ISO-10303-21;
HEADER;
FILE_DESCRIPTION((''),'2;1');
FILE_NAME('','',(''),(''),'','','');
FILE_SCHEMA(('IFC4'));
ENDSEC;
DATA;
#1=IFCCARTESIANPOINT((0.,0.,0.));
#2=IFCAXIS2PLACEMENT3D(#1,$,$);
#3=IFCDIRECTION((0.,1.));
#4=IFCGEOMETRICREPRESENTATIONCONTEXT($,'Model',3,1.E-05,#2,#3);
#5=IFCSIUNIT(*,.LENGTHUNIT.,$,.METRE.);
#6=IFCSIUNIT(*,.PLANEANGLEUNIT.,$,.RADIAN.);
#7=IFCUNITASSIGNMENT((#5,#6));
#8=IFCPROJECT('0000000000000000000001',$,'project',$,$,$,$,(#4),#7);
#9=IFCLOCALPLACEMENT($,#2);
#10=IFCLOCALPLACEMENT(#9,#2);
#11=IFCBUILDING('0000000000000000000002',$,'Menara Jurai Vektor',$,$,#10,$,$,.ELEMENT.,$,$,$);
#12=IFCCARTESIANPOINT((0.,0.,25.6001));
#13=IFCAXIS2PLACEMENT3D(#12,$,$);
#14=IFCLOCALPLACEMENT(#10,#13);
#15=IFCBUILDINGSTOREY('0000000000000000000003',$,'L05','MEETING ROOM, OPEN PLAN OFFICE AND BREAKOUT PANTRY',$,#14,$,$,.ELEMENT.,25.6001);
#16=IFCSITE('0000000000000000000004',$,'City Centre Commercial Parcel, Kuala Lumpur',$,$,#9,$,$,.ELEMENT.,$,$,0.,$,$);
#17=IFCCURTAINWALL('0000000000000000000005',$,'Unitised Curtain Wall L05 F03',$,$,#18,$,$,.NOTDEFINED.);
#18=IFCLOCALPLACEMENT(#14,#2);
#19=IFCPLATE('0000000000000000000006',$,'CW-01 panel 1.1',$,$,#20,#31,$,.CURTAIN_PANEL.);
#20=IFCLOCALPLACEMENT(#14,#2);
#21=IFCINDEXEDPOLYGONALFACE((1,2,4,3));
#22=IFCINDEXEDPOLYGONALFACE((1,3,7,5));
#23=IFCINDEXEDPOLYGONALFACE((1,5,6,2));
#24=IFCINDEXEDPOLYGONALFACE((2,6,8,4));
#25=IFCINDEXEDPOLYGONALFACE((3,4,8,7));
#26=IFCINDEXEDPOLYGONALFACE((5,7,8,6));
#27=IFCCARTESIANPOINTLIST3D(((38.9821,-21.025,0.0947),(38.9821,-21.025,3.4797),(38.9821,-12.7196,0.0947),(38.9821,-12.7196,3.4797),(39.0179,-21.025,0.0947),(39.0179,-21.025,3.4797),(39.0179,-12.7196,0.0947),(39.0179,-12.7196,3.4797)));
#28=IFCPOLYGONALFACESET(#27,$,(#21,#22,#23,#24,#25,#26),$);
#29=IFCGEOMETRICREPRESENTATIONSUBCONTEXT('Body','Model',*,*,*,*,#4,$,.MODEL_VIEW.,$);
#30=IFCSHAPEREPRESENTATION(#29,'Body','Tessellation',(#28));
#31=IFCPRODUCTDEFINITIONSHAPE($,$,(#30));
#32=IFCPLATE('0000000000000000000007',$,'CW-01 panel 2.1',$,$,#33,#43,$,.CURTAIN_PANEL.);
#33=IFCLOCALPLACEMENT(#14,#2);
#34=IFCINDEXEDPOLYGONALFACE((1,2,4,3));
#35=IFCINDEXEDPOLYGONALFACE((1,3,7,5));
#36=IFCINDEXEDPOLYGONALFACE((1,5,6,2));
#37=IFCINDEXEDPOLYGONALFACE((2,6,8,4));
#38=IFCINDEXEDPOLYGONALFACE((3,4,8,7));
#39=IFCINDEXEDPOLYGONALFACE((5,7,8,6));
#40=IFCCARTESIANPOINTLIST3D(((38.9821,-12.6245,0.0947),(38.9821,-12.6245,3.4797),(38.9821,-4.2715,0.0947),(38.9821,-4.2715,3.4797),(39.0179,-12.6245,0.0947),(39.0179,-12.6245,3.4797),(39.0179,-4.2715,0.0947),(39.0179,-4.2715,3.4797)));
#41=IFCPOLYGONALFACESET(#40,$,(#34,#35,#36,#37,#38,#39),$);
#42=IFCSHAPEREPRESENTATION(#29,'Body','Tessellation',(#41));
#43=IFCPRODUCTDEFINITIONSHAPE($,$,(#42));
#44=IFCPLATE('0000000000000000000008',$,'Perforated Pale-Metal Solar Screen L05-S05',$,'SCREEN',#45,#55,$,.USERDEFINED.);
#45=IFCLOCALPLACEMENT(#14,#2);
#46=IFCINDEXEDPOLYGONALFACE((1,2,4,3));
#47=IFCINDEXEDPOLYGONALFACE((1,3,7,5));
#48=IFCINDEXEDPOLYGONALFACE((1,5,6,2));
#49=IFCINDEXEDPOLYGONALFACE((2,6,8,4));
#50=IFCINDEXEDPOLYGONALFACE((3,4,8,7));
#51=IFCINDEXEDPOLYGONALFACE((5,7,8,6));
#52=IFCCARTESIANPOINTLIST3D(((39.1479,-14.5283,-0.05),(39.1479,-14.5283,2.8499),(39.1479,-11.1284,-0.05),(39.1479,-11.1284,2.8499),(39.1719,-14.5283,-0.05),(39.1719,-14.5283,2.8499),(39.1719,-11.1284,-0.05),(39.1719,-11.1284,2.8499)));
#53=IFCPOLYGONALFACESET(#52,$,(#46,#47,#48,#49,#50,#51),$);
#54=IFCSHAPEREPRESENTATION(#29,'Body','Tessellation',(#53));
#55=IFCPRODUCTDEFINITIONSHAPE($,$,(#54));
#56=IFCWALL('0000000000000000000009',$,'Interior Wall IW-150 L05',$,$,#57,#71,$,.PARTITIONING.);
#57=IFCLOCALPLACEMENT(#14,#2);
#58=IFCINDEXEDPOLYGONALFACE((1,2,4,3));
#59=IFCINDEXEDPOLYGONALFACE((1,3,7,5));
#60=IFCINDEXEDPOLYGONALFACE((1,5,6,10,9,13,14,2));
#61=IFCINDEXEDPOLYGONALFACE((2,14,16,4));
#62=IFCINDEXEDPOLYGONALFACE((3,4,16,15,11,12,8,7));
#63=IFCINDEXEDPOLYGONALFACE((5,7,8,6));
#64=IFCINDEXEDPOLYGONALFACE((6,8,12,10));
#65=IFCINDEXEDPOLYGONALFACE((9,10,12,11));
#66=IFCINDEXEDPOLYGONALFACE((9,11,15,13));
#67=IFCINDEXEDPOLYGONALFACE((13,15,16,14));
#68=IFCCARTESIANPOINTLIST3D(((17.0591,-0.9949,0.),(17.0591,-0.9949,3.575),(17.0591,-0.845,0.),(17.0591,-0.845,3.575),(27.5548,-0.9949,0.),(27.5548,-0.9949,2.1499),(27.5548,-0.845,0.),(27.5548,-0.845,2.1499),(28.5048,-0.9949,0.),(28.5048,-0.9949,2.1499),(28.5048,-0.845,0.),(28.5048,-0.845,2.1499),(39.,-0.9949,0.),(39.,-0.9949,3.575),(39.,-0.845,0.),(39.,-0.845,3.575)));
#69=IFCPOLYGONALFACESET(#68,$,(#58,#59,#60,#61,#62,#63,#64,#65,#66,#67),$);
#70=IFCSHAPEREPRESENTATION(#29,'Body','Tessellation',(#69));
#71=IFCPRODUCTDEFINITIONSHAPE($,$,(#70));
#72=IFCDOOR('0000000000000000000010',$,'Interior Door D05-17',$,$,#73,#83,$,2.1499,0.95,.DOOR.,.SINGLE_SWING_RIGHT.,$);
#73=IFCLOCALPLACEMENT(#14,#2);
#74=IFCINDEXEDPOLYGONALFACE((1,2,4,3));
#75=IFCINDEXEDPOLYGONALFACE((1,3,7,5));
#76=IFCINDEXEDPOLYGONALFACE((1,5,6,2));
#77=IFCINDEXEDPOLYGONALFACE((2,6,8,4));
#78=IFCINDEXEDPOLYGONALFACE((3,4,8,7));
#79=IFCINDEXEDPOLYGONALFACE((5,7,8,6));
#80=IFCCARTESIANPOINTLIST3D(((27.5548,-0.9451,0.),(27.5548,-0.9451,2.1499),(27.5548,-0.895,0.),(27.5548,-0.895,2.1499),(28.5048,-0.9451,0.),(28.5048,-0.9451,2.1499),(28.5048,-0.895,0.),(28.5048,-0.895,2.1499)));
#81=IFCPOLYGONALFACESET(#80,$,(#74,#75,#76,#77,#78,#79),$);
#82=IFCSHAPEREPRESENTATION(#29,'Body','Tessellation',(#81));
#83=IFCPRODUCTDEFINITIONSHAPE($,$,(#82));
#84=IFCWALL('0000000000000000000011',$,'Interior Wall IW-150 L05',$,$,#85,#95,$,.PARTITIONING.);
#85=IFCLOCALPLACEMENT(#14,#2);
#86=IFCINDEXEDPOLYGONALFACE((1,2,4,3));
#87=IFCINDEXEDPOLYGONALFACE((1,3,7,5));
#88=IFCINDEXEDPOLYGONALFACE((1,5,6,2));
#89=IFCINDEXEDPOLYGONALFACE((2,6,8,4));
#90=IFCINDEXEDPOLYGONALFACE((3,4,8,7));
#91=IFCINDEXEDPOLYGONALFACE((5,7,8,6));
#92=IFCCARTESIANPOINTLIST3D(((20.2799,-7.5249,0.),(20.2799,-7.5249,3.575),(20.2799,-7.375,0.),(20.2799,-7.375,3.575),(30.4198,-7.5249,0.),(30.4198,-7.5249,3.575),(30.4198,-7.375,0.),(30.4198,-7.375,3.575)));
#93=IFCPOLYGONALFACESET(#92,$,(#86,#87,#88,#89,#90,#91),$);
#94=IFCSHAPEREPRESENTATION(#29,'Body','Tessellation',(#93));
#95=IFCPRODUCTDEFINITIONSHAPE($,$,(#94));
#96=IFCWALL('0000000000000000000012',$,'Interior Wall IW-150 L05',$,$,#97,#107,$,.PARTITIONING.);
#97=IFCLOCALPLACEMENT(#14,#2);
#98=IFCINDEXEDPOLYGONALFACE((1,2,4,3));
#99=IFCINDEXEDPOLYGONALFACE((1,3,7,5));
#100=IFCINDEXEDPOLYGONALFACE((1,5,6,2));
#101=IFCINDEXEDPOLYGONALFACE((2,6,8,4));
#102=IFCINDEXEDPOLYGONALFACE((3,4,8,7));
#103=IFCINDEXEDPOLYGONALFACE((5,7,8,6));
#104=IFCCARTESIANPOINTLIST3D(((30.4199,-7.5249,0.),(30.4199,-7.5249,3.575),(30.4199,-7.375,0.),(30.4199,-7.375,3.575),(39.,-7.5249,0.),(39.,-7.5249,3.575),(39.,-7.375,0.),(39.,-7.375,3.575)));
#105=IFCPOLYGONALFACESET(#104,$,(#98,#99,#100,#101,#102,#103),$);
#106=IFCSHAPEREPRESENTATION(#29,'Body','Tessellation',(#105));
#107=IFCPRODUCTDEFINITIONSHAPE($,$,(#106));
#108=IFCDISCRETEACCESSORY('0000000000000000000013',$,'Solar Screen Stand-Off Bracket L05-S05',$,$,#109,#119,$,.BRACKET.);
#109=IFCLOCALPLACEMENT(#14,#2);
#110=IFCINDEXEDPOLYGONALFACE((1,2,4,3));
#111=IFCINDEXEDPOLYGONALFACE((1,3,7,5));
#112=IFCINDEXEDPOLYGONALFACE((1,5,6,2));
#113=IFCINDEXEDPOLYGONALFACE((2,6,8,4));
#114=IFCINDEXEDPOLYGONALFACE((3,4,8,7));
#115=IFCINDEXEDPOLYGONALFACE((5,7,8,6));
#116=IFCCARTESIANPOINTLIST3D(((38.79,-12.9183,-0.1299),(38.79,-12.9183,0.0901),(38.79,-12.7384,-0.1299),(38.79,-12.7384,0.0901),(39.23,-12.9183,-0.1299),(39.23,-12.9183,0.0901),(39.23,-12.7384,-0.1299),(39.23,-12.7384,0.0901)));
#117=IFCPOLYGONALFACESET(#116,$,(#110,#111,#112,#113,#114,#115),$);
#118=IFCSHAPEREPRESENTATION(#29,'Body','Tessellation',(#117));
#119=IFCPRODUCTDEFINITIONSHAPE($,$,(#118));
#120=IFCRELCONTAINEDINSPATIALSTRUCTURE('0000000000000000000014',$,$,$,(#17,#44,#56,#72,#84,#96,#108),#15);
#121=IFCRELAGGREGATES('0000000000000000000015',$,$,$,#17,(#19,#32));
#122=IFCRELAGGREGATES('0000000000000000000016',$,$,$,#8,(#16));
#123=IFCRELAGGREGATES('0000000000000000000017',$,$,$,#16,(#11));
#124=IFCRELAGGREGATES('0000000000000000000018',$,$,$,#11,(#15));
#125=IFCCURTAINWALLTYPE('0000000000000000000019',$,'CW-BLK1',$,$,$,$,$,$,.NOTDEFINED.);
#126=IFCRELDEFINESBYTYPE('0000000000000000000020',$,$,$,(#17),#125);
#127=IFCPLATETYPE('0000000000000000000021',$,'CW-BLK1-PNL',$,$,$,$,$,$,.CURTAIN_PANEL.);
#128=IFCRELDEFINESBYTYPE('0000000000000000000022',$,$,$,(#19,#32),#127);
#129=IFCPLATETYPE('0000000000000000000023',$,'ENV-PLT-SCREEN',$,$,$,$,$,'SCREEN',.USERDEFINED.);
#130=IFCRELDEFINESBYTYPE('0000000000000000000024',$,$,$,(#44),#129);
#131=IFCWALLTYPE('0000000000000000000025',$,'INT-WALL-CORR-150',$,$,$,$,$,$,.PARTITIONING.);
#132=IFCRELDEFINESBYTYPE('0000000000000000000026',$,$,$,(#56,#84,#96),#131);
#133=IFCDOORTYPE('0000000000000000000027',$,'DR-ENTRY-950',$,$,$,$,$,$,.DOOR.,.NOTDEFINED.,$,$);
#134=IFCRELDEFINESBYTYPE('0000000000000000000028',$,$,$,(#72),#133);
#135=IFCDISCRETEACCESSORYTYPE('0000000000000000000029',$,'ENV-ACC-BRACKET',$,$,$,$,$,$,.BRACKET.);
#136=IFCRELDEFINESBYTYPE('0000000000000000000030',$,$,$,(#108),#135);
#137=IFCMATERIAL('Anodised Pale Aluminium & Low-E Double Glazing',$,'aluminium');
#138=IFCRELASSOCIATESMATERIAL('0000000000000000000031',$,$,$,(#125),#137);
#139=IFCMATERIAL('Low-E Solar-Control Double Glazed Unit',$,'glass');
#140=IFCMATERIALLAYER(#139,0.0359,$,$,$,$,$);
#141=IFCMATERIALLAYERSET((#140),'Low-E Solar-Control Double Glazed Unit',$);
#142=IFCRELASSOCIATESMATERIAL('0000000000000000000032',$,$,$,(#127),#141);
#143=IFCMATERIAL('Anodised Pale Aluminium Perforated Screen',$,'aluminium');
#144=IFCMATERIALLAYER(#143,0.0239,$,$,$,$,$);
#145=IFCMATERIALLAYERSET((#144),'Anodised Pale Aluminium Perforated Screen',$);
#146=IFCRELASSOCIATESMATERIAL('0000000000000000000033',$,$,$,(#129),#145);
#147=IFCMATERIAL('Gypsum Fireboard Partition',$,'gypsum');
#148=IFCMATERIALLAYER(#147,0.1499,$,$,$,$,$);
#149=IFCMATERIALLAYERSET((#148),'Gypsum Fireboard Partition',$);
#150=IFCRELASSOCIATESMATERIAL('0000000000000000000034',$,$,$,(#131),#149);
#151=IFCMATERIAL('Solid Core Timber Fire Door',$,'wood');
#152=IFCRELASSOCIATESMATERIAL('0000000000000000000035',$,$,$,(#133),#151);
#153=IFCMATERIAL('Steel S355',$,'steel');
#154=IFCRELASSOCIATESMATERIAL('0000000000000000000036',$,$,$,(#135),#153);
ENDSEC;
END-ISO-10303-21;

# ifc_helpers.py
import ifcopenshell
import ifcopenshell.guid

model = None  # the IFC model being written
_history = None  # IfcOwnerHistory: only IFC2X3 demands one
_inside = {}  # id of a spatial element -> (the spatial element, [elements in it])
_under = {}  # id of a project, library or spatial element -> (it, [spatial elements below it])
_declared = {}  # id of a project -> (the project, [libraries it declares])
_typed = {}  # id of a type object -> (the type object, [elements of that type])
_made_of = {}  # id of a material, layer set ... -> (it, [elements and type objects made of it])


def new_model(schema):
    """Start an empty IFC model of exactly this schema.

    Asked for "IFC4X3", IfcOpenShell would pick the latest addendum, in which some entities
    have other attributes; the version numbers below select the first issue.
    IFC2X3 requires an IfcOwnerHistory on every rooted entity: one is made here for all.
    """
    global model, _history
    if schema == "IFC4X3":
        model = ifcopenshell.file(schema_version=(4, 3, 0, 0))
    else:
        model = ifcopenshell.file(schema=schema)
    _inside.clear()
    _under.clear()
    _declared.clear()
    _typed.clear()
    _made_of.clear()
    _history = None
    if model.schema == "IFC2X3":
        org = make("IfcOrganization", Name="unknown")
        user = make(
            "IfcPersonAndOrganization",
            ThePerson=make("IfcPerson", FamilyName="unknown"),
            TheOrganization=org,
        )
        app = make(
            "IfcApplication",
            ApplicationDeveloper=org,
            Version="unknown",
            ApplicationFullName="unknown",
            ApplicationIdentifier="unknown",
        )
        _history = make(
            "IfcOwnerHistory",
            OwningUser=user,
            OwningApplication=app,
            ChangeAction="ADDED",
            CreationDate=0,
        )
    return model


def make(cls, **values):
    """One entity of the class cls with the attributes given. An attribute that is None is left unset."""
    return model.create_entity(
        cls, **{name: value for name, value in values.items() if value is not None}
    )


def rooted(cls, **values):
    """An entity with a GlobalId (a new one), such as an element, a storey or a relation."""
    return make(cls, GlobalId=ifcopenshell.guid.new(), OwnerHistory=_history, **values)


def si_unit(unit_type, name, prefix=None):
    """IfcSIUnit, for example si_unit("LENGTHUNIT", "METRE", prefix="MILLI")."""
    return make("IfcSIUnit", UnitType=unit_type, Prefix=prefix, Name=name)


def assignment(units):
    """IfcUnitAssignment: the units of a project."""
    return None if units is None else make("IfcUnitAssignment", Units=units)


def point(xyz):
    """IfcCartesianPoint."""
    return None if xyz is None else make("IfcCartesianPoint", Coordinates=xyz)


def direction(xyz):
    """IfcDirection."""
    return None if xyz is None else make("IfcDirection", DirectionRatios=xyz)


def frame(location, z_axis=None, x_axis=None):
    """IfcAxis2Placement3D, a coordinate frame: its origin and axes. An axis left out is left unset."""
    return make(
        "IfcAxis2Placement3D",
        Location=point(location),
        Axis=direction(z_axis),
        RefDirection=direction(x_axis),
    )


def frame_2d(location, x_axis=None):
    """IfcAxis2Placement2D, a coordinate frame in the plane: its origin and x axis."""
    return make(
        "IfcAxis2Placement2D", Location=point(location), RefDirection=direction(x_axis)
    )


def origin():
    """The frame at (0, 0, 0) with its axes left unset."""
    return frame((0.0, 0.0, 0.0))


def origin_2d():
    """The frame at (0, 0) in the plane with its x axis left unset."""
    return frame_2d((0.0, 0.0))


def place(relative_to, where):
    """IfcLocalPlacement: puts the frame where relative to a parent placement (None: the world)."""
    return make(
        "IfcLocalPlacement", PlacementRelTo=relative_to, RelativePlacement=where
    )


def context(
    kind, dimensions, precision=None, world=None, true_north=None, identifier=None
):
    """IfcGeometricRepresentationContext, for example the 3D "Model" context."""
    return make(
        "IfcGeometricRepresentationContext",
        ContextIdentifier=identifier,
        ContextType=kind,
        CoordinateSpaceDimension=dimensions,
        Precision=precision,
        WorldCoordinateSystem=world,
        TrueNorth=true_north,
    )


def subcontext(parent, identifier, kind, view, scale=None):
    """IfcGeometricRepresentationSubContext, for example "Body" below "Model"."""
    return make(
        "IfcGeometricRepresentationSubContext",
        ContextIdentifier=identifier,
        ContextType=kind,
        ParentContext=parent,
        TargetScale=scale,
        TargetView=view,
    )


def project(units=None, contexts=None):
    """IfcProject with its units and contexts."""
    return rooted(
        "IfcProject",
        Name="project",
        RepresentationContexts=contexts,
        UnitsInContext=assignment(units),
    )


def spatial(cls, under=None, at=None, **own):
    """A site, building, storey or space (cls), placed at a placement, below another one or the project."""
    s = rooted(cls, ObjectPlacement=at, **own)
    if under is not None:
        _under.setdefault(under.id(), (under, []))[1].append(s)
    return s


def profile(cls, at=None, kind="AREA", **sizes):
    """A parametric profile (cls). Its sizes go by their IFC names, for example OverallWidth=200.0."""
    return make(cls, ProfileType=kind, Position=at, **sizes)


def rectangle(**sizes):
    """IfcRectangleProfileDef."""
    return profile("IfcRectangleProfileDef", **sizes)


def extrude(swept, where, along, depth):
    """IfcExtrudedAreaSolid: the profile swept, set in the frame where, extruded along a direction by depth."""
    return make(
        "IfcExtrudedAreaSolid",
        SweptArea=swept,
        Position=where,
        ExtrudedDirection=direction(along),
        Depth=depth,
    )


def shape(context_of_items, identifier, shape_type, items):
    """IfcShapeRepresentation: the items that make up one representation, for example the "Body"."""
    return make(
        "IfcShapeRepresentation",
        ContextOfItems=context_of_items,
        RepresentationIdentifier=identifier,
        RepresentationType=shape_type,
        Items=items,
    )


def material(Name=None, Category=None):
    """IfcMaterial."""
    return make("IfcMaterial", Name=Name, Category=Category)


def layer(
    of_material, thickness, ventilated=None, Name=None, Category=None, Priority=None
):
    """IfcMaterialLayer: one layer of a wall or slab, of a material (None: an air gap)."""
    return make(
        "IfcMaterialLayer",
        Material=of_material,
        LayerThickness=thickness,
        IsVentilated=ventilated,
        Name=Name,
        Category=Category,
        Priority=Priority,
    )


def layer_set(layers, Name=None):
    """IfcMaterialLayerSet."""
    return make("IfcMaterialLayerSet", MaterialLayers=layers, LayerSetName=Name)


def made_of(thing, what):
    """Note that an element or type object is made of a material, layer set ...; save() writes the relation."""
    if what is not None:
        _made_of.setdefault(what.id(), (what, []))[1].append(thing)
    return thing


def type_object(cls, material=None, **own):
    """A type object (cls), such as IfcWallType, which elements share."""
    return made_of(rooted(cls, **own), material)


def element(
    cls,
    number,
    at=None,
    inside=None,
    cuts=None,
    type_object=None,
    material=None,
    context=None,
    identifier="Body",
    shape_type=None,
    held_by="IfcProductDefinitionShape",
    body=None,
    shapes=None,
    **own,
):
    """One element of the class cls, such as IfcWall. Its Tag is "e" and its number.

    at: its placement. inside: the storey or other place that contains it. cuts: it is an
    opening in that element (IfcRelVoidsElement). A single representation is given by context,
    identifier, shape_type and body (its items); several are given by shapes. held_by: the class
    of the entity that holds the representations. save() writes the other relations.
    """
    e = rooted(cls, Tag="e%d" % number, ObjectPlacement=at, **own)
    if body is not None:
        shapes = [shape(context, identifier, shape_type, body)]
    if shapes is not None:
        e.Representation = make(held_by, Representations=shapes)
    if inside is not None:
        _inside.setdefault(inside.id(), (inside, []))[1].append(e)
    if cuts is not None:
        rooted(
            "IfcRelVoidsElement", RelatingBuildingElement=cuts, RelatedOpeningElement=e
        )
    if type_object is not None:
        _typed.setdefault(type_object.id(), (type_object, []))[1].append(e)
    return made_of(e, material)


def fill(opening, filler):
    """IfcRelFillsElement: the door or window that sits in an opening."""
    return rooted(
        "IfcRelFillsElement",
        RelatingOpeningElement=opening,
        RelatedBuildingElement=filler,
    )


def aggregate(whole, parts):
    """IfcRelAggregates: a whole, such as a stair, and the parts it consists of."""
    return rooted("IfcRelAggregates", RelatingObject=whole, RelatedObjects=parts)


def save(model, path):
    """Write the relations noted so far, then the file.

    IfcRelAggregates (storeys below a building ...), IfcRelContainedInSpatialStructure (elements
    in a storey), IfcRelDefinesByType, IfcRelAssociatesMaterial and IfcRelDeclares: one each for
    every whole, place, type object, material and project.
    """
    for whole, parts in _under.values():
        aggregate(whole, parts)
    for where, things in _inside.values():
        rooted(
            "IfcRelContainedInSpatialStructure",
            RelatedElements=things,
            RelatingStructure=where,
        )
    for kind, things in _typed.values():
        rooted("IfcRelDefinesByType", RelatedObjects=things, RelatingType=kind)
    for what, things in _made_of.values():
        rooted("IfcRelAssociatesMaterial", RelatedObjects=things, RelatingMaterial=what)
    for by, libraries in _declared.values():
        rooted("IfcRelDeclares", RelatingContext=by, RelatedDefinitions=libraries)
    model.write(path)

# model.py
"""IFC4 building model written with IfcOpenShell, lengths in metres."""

from ifc_helpers import new_model, si_unit, direction, frame, frame_2d, origin, origin_2d, place, context, subcontext, project, spatial, rectangle, extrude, material, layer, layer_set, type_object, element, fill, aggregate, save


model = new_model("IFC4")

# Units and contexts
model_context = context("Model", 3, precision=1e-05, world=origin(), true_north=direction((0.0, 1.0)))
body_context = subcontext(model_context, "Body", "Model", "MODEL_VIEW")
ifc_project = project(units=[si_unit("LENGTHUNIT", "METRE"), si_unit("PLANEANGLEUNIT", "RADIAN")], contexts=[model_context])

# Site, building, storey
site_placement = place(None, origin())
site = spatial("IfcSite", under=ifc_project, at=site_placement, Name="City Centre Commercial Parcel, Kuala Lumpur", CompositionType="ELEMENT", RefElevation=0.0)
building_placement = place(site_placement, origin())
building = spatial("IfcBuilding", under=site, at=building_placement, Name="Menara Jurai Vektor", CompositionType="ELEMENT")
storey_placement = place(building_placement, frame((0.0, 0.0, 25.6001)))
storey = spatial("IfcBuildingStorey", under=building, at=storey_placement, Name="L05", Description="MEETING ROOM, OPEN PLAN OFFICE AND BREAKOUT PANTRY", CompositionType="ELEMENT", Elevation=25.6001)

# Shared definitions
ifc_material_1 = material(Name="Anodised Pale Aluminium & Low-E Double Glazing", Category="aluminium")
curtain_wall_type = type_object("IfcCurtainWallType", Name="CW-BLK1", PredefinedType="NOTDEFINED", material=ifc_material_1)

# Curtain wall
curtain_wall_1_placement = place(storey_placement, origin())
curtain_wall_1 = element("IfcCurtainWall", 1, at=curtain_wall_1_placement, inside=storey, type_object=curtain_wall_type, Name="Unitised Curtain Wall L05 F03", PredefinedType="NOTDEFINED")

# Shared definitions
ifc_material_2 = material(Name="Steel S355", Category="steel")

# Plates
ifc_material_3 = material(Name="Low-E Solar-Control Double Glazed Unit", Category="glass")
ifc_layer_1 = layer(ifc_material_3, 0.0359)
ifc_layer_set_1 = layer_set([ifc_layer_1], Name="Low-E Solar-Control Double Glazed Unit")
plate_type_1 = type_object("IfcPlateType", Name="CW-BLK1-PNL", PredefinedType="CURTAIN_PANEL", material=ifc_layer_set_1)
plate_1_placement = place(storey_placement, frame((39.0, -16.8723, 0.0947), z_axis=(0.0, 0.0, 1.0), x_axis=(0.0, 1.0, 0.0)))
plate_1 = element("IfcPlate", 2, at=plate_1_placement, type_object=plate_type_1, Name="CW-01 panel 1.1", PredefinedType="CURTAIN_PANEL", context=body_context, shape_type="SweptSolid", body=[
    extrude(rectangle(XDim=8.3054, YDim=0.0359, at=origin_2d()), origin(), (0.0, 0.0, 1.0), 3.385),
])
plate_2_placement = place(storey_placement, frame((39.0, -8.448, 0.0947), z_axis=(0.0, 0.0, 1.0), x_axis=(0.0, 1.0, 0.0)))
plate_2 = element("IfcPlate", 3, at=plate_2_placement, type_object=plate_type_1, Name="CW-01 panel 2.1", PredefinedType="CURTAIN_PANEL", context=body_context, shape_type="SweptSolid", body=[
    extrude(rectangle(XDim=8.353, YDim=0.0359, at=origin_2d()), origin(), (0.0, 0.0, 1.0), 3.385),
])
aggregate(curtain_wall_1, [plate_1, plate_2])
ifc_material_4 = material(Name="Anodised Pale Aluminium Perforated Screen", Category="aluminium")
ifc_layer_2 = layer(ifc_material_4, 0.0239)
ifc_layer_set_2 = layer_set([ifc_layer_2], Name="Anodised Pale Aluminium Perforated Screen")
plate_type_2 = type_object("IfcPlateType", Name="ENV-PLT-SCREEN", ElementType="SCREEN", PredefinedType="USERDEFINED", material=ifc_layer_set_2)
plate_3_placement = place(storey_placement, frame((39.1599, -12.8284, -0.05), z_axis=(0.0, 0.0, 1.0), x_axis=(0.0, 1.0, 0.0)))
element("IfcPlate", 4, at=plate_3_placement, inside=storey, type_object=plate_type_2, Name="Perforated Pale-Metal Solar Screen L05-S05", ObjectType="SCREEN", PredefinedType="USERDEFINED", context=body_context, shape_type="SweptSolid", body=[
    extrude(rectangle(XDim=3.3999, YDim=0.0239, at=origin_2d()), origin(), (0.0, 0.0, 1.0), 2.8999),
])

# Wall, opening, door
ifc_material_5 = material(Name="Gypsum Fireboard Partition", Category="gypsum")
ifc_layer_3 = layer(ifc_material_5, 0.1499)
ifc_layer_set_3 = layer_set([ifc_layer_3], Name="Gypsum Fireboard Partition")
wall_type = type_object("IfcWallType", Name="INT-WALL-CORR-150", PredefinedType="PARTITIONING", material=ifc_layer_set_3)
wall_1_placement = place(storey_placement, frame((17.0591, -0.9199, 0.0), z_axis=(0.0, 0.0, 1.0), x_axis=(1.0, 0.0, 0.0)))
wall_1 = element("IfcWall", 5, at=wall_1_placement, inside=storey, type_object=wall_type, Name="Interior Wall IW-150 L05", PredefinedType="PARTITIONING", context=body_context, shape_type="SweptSolid", body=[
    extrude(rectangle(XDim=21.9409, YDim=0.1499, at=frame_2d((10.9705, 0.0))), origin(), (0.0, 0.0, 1.0), 3.575),
])
opening_placement = place(wall_1_placement, frame((10.4956, 0.0, 0.0)))
opening = element("IfcOpeningElement", 6, at=opening_placement, cuts=wall_1, PredefinedType="OPENING", context=body_context, shape_type="SweptSolid", body=[
    extrude(rectangle(XDim=0.95, YDim=2.1499, at=frame_2d((0.4751, 1.075))), frame((0.0, 0.085, 0.0), z_axis=(0.0, -1.0, 0.0), x_axis=(1.0, 0.0, 0.0)), (0.0, 0.0, 1.0), 0.1699),
])
ifc_material_6 = material(Name="Solid Core Timber Fire Door", Category="wood")
door_type = type_object("IfcDoorType", Name="DR-ENTRY-950", OperationType="NOTDEFINED", PredefinedType="DOOR", material=ifc_material_6)
door_placement = place(opening_placement, origin())
door = element("IfcDoor", 7, at=door_placement, inside=storey, type_object=door_type, Name="Interior Door D05-17", OperationType="SINGLE_SWING_RIGHT", OverallHeight=2.1499, OverallWidth=0.95, PredefinedType="DOOR", context=body_context, shape_type="SweptSolid", body=[
    extrude(rectangle(XDim=0.95, YDim=2.1499, at=frame_2d((0.4751, 1.075))), frame((0.0, 0.0249, 0.0), z_axis=(0.0, -1.0, 0.0), x_axis=(1.0, 0.0, 0.0)), (0.0, 0.0, 1.0), 0.05),
])
fill(opening, door)

# Walls
wall_2_placement = place(storey_placement, frame((20.28, -7.45, 0.0), z_axis=(0.0, 0.0, 1.0), x_axis=(1.0, 0.0, 0.0)))
element("IfcWall", 8, at=wall_2_placement, inside=storey, type_object=wall_type, Name="Interior Wall IW-150 L05", PredefinedType="PARTITIONING", context=body_context, shape_type="SweptSolid", body=[
    extrude(rectangle(XDim=10.1399, YDim=0.1499, at=frame_2d((5.0698, 0.0))), origin(), (0.0, 0.0, 1.0), 3.575),
])
wall_3_placement = place(storey_placement, frame((30.4199, -7.45, 0.0), z_axis=(0.0, 0.0, 1.0), x_axis=(1.0, 0.0, 0.0)))
element("IfcWall", 9, at=wall_3_placement, inside=storey, type_object=wall_type, Name="Interior Wall IW-150 L05", PredefinedType="PARTITIONING", context=body_context, shape_type="SweptSolid", body=[
    extrude(rectangle(XDim=8.5801, YDim=0.1499, at=frame_2d((4.29, 0.0))), origin(), (0.0, 0.0, 1.0), 3.575),
])

# Discrete accessory
discrete_accessory_type = type_object("IfcDiscreteAccessoryType", Name="ENV-ACC-BRACKET", PredefinedType="BRACKET", material=ifc_material_2)
discrete_accessory_placement = place(storey_placement, frame((39.01, -12.8284, -0.1299), z_axis=(0.0, 0.0, 1.0), x_axis=(0.0, 1.0, 0.0)))
element("IfcDiscreteAccessory", 10, at=discrete_accessory_placement, inside=storey, type_object=discrete_accessory_type, Name="Solar Screen Stand-Off Bracket L05-S05", PredefinedType="BRACKET", context=body_context, shape_type="SweptSolid", body=[
    extrude(rectangle(XDim=0.1799, YDim=0.4399, at=origin_2d()), origin(), (0.0, 0.0, 1.0), 0.22),
])

save(model, "model.ifc")
